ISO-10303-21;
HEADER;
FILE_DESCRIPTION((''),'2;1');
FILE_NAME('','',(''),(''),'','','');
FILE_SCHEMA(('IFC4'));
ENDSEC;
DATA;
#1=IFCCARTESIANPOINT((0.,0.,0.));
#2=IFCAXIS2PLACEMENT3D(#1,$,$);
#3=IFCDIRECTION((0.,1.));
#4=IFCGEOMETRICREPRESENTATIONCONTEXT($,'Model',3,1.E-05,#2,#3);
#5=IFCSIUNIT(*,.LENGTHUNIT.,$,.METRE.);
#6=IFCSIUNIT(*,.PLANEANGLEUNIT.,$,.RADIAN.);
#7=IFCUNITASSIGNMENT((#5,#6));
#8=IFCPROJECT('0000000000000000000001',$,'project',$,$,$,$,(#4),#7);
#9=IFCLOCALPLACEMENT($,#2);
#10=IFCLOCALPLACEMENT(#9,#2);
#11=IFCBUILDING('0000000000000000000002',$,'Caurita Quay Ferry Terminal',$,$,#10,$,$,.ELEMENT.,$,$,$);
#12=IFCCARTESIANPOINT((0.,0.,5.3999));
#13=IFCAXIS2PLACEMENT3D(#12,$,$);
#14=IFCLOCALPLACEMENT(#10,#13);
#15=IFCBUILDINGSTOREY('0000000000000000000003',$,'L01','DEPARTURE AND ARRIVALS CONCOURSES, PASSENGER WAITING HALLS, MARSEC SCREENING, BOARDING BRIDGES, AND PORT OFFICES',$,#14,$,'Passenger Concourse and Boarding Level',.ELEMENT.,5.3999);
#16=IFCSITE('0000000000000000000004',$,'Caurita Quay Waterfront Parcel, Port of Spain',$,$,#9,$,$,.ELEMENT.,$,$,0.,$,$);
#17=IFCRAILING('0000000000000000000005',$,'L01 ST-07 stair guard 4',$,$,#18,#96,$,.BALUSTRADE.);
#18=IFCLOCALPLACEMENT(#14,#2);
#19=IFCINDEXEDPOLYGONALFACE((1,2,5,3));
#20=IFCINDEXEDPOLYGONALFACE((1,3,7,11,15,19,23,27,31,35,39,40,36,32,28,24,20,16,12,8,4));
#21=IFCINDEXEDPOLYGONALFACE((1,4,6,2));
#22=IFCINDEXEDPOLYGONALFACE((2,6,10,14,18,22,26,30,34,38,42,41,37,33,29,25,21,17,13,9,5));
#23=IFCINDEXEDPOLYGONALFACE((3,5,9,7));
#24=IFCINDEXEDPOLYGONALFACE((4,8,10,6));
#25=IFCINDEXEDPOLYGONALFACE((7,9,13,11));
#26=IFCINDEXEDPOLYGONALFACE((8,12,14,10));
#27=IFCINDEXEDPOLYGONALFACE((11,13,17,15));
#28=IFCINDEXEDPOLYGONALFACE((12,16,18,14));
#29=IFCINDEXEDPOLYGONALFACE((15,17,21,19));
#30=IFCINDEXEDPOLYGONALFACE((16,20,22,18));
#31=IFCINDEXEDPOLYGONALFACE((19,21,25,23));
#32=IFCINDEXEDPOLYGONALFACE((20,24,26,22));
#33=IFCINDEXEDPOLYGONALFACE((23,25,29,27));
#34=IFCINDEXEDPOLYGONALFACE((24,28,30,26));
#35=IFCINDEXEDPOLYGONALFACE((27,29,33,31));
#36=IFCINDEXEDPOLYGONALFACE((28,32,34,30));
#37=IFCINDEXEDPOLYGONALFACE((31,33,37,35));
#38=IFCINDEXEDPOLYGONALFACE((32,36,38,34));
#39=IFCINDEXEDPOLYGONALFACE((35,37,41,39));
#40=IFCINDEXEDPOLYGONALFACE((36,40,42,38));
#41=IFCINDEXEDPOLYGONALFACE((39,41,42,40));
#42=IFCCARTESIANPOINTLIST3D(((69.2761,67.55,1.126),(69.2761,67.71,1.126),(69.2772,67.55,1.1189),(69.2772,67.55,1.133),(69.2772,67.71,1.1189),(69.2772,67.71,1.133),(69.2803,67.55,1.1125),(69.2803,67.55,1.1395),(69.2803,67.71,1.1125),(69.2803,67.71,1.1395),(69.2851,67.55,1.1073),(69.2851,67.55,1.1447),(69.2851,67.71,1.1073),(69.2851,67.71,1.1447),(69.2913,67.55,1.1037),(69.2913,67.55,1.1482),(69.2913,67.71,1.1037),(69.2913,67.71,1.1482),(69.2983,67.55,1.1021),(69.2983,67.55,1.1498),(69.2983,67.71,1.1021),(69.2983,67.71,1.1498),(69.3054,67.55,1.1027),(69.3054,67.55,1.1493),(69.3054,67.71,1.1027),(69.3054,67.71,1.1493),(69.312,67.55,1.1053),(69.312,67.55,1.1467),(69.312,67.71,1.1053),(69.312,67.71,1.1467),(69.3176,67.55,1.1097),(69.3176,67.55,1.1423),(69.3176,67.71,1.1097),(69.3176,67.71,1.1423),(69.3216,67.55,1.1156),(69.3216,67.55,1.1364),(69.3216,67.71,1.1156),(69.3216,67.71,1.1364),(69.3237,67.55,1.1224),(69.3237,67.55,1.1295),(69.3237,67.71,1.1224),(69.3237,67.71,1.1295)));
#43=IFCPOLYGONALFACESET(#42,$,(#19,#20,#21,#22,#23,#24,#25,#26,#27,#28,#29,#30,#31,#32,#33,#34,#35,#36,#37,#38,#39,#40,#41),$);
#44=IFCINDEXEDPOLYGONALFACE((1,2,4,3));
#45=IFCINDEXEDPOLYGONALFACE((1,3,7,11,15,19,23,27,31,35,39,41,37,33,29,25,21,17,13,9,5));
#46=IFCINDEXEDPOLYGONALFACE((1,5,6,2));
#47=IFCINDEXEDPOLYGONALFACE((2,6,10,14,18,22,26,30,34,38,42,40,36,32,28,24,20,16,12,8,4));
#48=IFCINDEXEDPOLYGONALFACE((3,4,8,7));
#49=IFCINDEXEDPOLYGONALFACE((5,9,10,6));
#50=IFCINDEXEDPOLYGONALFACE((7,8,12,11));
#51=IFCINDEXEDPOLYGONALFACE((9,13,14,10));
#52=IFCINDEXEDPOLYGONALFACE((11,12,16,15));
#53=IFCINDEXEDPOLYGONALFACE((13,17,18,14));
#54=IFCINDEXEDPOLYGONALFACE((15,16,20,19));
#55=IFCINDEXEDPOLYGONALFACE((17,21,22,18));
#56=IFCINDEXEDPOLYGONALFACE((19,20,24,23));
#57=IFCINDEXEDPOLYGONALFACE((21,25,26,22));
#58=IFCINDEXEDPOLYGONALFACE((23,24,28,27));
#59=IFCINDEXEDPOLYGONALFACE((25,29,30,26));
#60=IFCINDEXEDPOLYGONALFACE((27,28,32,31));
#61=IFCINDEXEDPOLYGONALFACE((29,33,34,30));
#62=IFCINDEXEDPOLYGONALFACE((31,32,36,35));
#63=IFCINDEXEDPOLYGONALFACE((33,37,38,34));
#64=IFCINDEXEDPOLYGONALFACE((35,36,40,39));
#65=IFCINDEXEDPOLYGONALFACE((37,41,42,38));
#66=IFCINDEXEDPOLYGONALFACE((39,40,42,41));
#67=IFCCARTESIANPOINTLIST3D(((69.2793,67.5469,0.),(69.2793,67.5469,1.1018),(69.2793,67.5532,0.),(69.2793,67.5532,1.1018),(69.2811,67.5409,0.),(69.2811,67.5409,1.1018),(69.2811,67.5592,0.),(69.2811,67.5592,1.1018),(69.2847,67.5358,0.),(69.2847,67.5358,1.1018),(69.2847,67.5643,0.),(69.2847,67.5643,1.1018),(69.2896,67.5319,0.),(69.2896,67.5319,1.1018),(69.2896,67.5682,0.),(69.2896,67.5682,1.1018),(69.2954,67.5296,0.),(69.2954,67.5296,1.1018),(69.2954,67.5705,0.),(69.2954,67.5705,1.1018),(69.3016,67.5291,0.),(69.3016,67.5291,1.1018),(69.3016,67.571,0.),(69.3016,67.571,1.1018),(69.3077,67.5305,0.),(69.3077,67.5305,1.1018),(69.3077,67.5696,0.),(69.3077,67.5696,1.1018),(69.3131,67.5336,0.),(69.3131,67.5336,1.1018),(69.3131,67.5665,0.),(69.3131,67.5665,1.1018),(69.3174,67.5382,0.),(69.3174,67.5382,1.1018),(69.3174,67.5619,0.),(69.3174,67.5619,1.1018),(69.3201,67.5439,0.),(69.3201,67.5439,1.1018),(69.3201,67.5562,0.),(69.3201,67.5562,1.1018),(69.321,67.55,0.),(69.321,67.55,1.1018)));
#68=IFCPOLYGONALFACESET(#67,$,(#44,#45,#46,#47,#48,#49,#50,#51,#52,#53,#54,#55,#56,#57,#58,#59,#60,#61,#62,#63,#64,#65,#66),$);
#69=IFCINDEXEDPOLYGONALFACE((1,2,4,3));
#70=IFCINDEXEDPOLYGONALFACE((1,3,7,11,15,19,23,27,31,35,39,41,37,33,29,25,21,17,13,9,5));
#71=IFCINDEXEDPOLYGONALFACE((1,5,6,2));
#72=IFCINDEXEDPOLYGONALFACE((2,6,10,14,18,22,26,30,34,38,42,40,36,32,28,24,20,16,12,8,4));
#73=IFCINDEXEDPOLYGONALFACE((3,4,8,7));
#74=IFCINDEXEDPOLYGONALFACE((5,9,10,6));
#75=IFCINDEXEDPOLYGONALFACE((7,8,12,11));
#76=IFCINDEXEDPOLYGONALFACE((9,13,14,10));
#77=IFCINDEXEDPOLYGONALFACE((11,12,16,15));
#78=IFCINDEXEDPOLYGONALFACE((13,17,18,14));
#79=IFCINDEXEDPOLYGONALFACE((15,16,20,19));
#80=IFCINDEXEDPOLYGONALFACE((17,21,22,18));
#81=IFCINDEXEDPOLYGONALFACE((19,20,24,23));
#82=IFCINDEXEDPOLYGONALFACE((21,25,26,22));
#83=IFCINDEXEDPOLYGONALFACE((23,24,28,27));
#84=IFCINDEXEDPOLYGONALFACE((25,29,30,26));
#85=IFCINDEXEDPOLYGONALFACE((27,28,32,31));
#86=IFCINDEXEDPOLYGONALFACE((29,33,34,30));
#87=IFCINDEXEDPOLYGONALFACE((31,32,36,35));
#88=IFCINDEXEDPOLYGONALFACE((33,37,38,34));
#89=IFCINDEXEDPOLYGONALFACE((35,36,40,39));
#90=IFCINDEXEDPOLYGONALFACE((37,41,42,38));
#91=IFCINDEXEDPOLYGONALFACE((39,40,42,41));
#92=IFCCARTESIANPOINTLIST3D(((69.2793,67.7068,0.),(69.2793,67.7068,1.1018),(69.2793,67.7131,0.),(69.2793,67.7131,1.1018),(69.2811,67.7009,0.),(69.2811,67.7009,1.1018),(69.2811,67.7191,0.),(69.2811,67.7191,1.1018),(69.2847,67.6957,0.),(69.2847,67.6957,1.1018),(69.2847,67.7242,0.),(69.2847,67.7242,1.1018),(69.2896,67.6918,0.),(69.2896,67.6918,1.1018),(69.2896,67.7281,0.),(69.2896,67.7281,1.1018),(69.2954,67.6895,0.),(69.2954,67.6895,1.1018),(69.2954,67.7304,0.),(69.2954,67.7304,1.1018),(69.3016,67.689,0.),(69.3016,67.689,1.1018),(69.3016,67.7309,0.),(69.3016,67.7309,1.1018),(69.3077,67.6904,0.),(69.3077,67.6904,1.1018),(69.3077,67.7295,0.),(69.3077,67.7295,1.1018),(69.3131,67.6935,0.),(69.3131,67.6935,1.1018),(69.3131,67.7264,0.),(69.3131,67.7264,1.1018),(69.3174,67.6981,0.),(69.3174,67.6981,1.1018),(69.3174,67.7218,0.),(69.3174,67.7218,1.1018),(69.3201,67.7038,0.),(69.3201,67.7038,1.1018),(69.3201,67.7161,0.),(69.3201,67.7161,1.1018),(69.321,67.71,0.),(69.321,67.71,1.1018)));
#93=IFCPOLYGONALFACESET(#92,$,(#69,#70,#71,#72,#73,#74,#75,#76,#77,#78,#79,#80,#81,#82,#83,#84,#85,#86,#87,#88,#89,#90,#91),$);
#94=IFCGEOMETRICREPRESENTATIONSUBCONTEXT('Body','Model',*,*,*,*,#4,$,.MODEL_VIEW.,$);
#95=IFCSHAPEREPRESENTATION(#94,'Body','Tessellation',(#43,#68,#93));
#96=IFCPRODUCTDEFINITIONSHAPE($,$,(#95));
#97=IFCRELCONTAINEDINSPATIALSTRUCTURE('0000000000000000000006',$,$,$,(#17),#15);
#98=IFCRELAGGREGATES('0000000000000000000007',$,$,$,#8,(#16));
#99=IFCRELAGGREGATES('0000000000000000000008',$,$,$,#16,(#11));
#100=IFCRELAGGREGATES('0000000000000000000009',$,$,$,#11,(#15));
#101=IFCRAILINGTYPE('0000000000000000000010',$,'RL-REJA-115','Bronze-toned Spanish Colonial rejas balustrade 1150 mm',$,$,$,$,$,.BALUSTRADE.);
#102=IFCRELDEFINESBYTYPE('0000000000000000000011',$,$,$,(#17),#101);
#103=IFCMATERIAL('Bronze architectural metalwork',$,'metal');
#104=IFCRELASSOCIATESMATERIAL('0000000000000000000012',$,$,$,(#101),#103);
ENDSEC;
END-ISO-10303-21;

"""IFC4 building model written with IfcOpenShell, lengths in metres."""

from ifc_helpers import new_model, si_unit, direction, frame, origin, origin_2d, place, context, subcontext, project, spatial, circle, extrude, material, type_object, element, save


model = new_model("IFC4")

# Units and contexts
model_context = context("Model", 3, precision=1e-05, world=origin(), true_north=direction((0.0, 1.0)))
body_context = subcontext(model_context, "Body", "Model", "MODEL_VIEW")
ifc_project = project(units=[si_unit("LENGTHUNIT", "METRE"), si_unit("PLANEANGLEUNIT", "RADIAN")], contexts=[model_context])

# Site, building, storey
site_placement = place(None, origin())
site = spatial("IfcSite", under=ifc_project, at=site_placement, Name="Caurita Quay Waterfront Parcel, Port of Spain", CompositionType="ELEMENT", RefElevation=0.0)
building_placement = place(site_placement, origin())
building = spatial("IfcBuilding", under=site, at=building_placement, Name="Caurita Quay Ferry Terminal", CompositionType="ELEMENT")
storey_placement = place(building_placement, frame((0.0, 0.0, 5.3999)))
storey = spatial("IfcBuildingStorey", under=building, at=storey_placement, Name="L01", Description="DEPARTURE AND ARRIVALS CONCOURSES, PASSENGER WAITING HALLS, MARSEC SCREENING, BOARDING BRIDGES, AND PORT OFFICES", LongName="Passenger Concourse and Boarding Level", CompositionType="ELEMENT", Elevation=5.3999)

# Railing
ifc_material_1 = material(Name="Bronze architectural metalwork", Category="metal")
railing_type_1 = type_object("IfcRailingType", Name="RL-REJA-115", Description="Bronze-toned Spanish Colonial rejas balustrade 1150 mm", PredefinedType="BALUSTRADE", material=ifc_material_1)
railing_1_placement = place(storey_placement, frame((69.3, 67.55, 0.0)))
element("IfcRailing", 1, at=railing_1_placement, inside=storey, type_object=railing_type_1, Name="L01 ST-07 stair guard 4", PredefinedType="BALUSTRADE", context=body_context, shape_type="SweptSolid", body=[
    extrude(circle(Radius=0.0239, at=origin_2d()), frame((0.0, 0.0, 1.126), z_axis=(0.0, 1.0, 0.0), x_axis=(-1.0, 0.0, 0.0)), (0.0, 0.0, 1.0), 0.1599),
    extrude(circle(Radius=0.021, at=origin_2d()), origin(), (0.0, 0.0, 1.0), 1.1018),
    extrude(circle(Radius=0.021, at=origin_2d()), frame((0.0, 0.1599, 0.0)), (0.0, 0.0, 1.0), 1.1018),
])

save(model, "model.ifc")
